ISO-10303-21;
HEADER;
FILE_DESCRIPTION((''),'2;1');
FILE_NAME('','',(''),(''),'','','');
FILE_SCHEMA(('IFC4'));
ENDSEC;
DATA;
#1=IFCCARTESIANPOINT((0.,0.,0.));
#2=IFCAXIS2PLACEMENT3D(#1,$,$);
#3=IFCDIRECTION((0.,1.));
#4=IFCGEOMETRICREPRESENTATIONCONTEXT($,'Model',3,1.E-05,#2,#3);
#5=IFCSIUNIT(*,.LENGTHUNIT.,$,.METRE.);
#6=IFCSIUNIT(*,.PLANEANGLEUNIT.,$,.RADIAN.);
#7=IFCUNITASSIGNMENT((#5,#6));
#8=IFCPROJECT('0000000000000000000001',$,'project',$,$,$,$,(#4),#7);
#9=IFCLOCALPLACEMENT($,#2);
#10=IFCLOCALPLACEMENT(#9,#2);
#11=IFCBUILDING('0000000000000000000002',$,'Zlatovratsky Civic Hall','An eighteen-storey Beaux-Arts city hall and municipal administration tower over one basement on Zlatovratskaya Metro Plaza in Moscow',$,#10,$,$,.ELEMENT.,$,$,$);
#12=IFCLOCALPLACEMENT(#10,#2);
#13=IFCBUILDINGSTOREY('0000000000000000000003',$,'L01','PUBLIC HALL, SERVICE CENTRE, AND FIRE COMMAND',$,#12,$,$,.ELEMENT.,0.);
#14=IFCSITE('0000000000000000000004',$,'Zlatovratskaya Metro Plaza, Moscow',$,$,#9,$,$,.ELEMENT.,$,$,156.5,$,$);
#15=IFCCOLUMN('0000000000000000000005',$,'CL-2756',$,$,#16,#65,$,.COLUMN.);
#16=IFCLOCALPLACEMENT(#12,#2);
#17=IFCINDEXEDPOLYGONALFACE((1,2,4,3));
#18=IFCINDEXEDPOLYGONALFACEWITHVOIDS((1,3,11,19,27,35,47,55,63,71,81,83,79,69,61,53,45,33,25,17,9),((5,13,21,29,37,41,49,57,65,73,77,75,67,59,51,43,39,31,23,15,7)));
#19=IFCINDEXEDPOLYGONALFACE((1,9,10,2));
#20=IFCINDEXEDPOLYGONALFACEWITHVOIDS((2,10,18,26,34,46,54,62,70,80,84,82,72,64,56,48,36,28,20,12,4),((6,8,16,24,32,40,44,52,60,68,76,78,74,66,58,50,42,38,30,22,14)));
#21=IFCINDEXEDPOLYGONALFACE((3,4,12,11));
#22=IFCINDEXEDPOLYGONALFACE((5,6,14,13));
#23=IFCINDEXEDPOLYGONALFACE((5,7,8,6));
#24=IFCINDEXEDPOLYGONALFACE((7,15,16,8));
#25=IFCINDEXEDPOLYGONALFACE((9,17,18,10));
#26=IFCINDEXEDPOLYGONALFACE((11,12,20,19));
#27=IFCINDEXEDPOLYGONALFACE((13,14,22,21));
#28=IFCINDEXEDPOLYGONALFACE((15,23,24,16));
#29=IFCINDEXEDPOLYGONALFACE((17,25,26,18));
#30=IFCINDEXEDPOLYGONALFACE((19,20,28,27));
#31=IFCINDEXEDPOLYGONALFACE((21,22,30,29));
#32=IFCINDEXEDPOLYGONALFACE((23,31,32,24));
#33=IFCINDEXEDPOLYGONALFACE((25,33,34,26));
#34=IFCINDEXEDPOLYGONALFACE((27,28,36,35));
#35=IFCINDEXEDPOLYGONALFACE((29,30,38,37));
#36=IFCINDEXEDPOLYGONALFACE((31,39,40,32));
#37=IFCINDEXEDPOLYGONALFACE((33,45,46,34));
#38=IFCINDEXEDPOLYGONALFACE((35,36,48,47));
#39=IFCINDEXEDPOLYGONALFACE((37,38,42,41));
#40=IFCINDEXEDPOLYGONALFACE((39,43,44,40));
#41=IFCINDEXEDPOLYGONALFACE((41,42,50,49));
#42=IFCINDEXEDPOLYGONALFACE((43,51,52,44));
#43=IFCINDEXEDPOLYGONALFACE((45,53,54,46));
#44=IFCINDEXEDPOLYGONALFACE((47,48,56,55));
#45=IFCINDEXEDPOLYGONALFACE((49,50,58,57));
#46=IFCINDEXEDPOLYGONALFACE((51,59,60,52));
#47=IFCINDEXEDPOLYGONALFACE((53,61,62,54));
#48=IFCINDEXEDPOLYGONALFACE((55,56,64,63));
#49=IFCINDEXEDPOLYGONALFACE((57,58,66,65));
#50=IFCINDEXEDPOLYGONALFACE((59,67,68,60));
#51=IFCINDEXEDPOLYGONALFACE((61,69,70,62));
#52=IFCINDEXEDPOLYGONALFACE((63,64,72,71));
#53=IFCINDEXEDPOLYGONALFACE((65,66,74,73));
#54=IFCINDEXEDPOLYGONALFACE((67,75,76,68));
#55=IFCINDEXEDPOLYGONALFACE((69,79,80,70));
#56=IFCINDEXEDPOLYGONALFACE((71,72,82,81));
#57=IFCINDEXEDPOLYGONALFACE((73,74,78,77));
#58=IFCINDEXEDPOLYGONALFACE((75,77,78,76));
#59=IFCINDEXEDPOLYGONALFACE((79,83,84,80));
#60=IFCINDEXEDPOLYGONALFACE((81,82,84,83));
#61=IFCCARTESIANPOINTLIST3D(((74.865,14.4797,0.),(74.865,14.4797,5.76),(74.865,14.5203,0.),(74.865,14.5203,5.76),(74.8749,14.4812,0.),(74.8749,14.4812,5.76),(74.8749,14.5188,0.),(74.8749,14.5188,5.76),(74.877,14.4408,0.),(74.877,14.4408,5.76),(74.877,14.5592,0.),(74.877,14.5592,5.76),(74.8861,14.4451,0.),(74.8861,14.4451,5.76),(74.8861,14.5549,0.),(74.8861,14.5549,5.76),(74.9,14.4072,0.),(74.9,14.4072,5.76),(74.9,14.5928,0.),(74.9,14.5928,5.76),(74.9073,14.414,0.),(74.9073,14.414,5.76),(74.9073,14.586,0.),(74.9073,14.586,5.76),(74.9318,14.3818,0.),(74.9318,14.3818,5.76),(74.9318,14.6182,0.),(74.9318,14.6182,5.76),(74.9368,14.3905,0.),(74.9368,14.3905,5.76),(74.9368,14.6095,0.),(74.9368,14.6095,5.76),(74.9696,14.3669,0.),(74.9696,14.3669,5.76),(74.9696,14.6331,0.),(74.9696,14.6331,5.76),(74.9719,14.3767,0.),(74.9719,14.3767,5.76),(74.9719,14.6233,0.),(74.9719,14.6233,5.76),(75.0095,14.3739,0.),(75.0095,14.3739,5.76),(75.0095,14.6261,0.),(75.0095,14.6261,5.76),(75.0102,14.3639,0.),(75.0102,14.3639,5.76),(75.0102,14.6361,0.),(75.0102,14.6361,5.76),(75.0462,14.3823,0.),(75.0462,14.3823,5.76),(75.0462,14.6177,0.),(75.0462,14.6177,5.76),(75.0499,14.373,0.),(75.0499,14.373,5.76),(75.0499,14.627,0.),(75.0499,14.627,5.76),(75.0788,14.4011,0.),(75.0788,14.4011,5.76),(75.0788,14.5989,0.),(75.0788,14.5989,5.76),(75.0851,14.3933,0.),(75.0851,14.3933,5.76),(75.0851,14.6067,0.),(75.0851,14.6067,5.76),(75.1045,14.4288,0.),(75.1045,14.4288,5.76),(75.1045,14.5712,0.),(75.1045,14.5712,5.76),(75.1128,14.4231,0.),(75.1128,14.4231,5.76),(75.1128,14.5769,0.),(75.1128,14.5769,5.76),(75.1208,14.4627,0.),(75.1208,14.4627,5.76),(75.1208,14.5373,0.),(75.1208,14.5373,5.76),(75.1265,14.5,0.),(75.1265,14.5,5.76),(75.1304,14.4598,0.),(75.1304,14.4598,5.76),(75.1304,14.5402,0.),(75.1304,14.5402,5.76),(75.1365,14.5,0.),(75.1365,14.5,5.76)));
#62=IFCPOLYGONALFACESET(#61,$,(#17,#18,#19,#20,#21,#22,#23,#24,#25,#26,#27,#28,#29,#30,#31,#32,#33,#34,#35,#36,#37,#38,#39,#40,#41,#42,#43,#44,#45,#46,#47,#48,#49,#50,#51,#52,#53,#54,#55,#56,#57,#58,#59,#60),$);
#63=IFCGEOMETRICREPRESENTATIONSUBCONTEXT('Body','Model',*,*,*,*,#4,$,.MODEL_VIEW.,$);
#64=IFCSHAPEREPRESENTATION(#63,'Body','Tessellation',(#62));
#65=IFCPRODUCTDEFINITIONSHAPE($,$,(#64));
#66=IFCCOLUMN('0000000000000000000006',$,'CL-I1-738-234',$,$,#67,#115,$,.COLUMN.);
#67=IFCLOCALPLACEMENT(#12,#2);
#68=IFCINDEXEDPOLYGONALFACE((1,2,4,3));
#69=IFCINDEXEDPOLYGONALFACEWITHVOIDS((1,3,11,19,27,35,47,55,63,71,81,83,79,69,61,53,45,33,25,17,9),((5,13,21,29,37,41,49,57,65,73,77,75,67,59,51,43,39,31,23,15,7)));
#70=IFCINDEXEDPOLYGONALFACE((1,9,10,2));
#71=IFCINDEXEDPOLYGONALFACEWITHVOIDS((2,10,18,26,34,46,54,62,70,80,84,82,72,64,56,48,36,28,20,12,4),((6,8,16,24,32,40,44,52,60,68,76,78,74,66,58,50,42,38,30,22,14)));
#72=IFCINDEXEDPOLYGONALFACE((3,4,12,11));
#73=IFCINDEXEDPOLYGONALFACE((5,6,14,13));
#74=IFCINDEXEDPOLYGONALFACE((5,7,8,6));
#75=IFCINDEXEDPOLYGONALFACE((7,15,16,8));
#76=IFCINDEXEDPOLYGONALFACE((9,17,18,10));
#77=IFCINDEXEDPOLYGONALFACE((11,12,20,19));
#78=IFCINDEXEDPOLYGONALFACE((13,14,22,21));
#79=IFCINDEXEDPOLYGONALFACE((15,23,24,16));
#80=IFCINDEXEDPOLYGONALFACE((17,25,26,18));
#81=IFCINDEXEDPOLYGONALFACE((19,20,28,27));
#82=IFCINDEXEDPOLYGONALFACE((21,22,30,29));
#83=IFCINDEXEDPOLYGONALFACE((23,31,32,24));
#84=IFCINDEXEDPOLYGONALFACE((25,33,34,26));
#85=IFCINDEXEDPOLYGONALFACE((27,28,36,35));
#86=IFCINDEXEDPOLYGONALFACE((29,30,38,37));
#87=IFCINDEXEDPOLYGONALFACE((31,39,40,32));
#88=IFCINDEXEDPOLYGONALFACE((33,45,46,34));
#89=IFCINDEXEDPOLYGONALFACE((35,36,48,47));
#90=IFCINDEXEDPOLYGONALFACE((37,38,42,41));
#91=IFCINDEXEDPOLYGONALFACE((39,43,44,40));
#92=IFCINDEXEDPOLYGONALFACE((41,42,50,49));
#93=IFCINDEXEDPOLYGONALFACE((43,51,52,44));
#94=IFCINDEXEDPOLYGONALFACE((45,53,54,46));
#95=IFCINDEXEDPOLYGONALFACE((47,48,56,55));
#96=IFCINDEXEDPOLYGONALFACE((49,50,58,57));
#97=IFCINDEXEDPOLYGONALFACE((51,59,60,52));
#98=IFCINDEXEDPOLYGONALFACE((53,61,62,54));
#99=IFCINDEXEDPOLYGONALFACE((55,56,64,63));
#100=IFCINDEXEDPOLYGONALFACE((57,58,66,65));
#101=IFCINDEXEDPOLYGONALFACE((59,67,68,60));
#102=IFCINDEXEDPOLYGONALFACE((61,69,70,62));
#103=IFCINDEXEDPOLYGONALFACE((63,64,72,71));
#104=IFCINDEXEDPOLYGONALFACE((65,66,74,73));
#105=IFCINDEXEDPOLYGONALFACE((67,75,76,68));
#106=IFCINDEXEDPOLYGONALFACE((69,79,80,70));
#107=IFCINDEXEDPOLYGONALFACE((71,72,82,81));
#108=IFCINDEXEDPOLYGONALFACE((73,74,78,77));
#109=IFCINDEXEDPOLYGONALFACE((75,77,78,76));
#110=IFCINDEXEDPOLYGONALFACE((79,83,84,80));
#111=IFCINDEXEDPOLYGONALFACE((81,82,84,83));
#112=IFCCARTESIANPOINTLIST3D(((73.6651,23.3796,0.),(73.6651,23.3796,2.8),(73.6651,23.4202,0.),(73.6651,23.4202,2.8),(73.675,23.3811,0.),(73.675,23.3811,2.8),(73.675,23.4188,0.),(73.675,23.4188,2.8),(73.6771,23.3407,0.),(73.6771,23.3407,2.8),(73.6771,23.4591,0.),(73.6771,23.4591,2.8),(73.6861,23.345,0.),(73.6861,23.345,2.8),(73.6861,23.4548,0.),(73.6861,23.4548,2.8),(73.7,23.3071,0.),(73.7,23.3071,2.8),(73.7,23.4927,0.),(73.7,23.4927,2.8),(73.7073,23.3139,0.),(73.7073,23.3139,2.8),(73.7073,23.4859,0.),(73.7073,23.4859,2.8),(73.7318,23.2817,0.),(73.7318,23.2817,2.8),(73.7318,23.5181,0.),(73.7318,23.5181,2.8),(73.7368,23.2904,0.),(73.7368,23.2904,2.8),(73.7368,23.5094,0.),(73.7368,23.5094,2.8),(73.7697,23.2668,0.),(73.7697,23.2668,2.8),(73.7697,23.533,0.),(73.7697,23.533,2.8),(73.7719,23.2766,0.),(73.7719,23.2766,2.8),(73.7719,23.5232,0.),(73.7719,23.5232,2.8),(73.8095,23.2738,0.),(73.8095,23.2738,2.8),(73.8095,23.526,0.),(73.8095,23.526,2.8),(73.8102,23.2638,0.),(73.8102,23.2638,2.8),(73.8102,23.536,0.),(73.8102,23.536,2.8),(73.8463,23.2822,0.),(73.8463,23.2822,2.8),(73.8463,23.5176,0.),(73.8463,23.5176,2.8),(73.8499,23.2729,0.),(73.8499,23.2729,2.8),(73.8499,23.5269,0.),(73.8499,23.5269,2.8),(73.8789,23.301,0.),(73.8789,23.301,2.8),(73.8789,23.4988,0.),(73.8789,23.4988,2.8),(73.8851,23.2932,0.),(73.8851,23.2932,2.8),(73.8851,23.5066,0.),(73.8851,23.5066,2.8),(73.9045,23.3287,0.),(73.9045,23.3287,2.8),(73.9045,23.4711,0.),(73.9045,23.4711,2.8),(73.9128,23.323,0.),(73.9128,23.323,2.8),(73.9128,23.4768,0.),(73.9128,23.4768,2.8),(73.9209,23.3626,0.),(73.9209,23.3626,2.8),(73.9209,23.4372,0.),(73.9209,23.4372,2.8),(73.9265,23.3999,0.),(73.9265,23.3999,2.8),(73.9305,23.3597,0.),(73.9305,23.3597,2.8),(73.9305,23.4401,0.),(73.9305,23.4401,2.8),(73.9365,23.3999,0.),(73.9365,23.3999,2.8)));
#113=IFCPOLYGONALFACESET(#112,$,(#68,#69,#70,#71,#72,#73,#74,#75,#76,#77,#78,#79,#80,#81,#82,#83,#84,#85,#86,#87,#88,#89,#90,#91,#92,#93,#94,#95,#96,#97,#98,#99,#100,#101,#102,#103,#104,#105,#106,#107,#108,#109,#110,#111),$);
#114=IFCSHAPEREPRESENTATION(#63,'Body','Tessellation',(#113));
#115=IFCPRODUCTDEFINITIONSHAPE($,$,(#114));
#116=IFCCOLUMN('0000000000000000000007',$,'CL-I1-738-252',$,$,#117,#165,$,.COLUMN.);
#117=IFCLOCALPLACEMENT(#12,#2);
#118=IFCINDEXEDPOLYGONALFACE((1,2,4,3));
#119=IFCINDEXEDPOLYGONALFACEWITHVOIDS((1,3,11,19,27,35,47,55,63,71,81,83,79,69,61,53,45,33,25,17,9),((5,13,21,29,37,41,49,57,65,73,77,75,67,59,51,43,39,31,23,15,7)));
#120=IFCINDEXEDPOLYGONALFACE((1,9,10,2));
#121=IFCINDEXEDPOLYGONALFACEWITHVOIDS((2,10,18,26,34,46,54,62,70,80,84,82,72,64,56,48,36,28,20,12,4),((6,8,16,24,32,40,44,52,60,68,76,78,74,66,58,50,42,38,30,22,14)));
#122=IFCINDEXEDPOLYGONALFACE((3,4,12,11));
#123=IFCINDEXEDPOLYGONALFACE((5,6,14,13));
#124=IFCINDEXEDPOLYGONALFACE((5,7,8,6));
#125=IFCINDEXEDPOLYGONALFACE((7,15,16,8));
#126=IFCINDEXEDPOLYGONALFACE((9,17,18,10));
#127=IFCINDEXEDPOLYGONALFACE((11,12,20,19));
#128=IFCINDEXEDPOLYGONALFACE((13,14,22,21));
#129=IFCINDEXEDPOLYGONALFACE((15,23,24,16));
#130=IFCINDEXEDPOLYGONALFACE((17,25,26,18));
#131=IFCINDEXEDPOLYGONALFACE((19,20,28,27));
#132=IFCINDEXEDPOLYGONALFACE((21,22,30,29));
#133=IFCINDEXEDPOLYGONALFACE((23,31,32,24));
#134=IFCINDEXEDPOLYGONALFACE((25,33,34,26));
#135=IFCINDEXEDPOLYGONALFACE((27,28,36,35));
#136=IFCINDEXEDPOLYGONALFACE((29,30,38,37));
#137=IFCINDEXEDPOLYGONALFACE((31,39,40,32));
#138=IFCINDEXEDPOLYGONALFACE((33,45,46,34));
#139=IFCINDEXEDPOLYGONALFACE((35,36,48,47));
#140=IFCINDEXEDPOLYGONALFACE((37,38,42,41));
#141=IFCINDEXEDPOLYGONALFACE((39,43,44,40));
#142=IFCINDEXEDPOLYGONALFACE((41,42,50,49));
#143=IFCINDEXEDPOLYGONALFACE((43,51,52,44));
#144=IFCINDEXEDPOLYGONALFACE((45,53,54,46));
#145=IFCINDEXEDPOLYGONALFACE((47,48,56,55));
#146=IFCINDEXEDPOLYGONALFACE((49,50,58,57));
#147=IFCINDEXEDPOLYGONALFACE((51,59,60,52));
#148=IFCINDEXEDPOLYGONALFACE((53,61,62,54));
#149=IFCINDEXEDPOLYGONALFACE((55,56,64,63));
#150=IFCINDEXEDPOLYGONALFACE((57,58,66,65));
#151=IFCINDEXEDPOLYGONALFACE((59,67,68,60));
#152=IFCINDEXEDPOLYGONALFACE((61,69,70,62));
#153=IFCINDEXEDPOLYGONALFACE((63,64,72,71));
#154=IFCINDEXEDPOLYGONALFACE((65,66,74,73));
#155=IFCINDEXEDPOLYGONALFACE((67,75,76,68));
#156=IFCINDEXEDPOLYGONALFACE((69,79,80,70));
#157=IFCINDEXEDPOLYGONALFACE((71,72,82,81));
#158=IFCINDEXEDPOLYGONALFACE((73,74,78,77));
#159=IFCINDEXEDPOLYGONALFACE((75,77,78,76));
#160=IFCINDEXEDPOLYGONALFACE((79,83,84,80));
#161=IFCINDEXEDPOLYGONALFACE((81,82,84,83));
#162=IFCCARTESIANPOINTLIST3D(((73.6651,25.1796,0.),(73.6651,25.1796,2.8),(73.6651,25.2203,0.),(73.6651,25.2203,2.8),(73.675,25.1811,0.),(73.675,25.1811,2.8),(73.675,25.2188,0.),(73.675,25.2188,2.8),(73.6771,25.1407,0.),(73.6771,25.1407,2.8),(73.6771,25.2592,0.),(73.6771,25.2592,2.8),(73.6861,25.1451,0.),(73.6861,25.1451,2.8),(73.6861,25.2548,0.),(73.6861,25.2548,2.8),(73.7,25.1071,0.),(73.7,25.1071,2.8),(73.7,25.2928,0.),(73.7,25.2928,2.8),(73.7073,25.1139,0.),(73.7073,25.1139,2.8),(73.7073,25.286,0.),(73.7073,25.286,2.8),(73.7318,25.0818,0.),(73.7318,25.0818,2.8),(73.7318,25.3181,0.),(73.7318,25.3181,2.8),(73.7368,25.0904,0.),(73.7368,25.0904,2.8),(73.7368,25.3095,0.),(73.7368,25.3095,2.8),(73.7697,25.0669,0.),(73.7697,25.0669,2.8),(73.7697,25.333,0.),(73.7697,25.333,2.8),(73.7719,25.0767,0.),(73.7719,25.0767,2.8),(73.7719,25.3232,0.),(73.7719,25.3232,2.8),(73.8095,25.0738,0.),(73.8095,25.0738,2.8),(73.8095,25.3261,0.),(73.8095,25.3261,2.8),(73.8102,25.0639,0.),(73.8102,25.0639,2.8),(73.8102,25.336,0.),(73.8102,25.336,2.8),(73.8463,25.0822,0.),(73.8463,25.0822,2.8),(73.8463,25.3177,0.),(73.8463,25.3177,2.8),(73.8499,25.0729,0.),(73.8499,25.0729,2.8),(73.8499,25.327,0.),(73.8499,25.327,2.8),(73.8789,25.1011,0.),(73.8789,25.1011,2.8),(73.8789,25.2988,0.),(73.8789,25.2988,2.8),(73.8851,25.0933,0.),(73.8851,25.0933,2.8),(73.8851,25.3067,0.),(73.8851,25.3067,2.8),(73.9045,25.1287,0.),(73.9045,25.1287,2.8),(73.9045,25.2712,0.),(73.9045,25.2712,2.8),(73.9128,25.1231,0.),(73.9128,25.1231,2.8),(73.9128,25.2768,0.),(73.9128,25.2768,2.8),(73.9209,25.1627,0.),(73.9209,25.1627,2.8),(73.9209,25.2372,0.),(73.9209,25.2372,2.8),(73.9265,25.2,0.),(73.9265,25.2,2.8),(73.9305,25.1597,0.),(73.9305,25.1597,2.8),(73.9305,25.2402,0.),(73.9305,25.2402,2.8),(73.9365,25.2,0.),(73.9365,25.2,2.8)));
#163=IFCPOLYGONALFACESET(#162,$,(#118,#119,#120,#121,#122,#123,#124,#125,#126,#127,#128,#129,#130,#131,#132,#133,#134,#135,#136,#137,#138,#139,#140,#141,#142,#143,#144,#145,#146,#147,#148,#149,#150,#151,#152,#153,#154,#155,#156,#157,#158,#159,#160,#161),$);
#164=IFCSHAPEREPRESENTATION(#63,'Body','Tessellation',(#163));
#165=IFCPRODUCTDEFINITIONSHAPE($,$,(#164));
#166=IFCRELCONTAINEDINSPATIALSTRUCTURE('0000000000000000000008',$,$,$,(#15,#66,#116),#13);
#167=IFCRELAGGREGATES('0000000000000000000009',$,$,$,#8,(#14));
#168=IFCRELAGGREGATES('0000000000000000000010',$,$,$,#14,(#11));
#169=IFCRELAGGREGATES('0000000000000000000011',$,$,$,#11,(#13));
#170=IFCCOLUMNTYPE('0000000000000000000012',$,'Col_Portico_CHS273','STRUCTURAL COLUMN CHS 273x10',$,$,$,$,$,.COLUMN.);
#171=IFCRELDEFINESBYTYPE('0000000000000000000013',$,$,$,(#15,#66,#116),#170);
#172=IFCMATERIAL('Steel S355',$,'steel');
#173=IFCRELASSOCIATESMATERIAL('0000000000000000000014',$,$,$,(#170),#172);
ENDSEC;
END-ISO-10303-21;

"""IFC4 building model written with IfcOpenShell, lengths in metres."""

from ifc_helpers import new_model, si_unit, direction, frame, origin, origin_2d, place, context, subcontext, project, spatial, hollow_circle, extrude, material, material_profile, profile_set, type_object, element, save


model = new_model("IFC4")

# Units and contexts
model_context = context("Model", 3, precision=1e-05, world=origin(), true_north=direction((0.0, 1.0)))
body_context = subcontext(model_context, "Body", "Model", "MODEL_VIEW")
ifc_project = project(units=[si_unit("LENGTHUNIT", "METRE"), si_unit("PLANEANGLEUNIT", "RADIAN")], contexts=[model_context])

# Site, building, storey
site_placement = place(None, origin())
site = spatial("IfcSite", under=ifc_project, at=site_placement, Name="Zlatovratskaya Metro Plaza, Moscow", CompositionType="ELEMENT", RefElevation=156.5)
building_placement = place(site_placement, origin())
building = spatial("IfcBuilding", under=site, at=building_placement, Name="Zlatovratsky Civic Hall", Description="An eighteen-storey Beaux-Arts city hall and municipal administration tower over one basement on Zlatovratskaya Metro Plaza in Moscow", CompositionType="ELEMENT")
storey_placement = place(building_placement, origin())
storey = spatial("IfcBuildingStorey", under=building, at=storey_placement, Name="L01", Description="PUBLIC HALL, SERVICE CENTRE, AND FIRE COMMAND", CompositionType="ELEMENT", Elevation=0.0)

# Columns
ifc_material_1 = material(Name="Steel S355", Category="steel")
ifc_material_profile_1 = material_profile(ifc_material_1, hollow_circle(Radius=0.1365, WallThickness=0.01, at=origin_2d()), Name="CHS 273x10")
ifc_profile_set_1 = profile_set([ifc_material_profile_1], Name="Steel S355")
column_type_1 = type_object("IfcColumnType", Name="Col_Portico_CHS273", Description="STRUCTURAL COLUMN CHS 273x10", PredefinedType="COLUMN", material=ifc_profile_set_1)
column_1_placement = place(storey_placement, frame((75.0, 14.5, 0.0), z_axis=(0.0, 0.0, 1.0), x_axis=(1.0, 0.0, 0.0)))
element("IfcColumn", 1, at=column_1_placement, inside=storey, type_object=column_type_1, Name="CL-2756", PredefinedType="COLUMN", context=body_context, shape_type="SweptSolid", body=[
    extrude(hollow_circle(Radius=0.1365, WallThickness=0.01, at=origin_2d()), origin(), (0.0, 0.0, 1.0), 5.76),
])
for number, where, z_axis, x_axis, name in (
    (2, (73.8, 23.3999, 0.0), (0.0, 0.0, 1.0), (1.0, 0.0, 0.0), "CL-I1-738-234"),
    (3, (73.8, 25.2, 0.0), (0.0, 0.0, 1.0), (1.0, 0.0, 0.0), "CL-I1-738-252"),
):
    element("IfcColumn", number, at=place(storey_placement, frame(where, z_axis=z_axis, x_axis=x_axis)), inside=storey, type_object=column_type_1, Name=name, PredefinedType="COLUMN", context=body_context, shape_type="SweptSolid", body=[
        extrude(hollow_circle(Radius=0.1365, WallThickness=0.01, at=origin_2d()), origin(), (0.0, 0.0, 1.0), 2.8),
    ])

save(model, "model.ifc")
